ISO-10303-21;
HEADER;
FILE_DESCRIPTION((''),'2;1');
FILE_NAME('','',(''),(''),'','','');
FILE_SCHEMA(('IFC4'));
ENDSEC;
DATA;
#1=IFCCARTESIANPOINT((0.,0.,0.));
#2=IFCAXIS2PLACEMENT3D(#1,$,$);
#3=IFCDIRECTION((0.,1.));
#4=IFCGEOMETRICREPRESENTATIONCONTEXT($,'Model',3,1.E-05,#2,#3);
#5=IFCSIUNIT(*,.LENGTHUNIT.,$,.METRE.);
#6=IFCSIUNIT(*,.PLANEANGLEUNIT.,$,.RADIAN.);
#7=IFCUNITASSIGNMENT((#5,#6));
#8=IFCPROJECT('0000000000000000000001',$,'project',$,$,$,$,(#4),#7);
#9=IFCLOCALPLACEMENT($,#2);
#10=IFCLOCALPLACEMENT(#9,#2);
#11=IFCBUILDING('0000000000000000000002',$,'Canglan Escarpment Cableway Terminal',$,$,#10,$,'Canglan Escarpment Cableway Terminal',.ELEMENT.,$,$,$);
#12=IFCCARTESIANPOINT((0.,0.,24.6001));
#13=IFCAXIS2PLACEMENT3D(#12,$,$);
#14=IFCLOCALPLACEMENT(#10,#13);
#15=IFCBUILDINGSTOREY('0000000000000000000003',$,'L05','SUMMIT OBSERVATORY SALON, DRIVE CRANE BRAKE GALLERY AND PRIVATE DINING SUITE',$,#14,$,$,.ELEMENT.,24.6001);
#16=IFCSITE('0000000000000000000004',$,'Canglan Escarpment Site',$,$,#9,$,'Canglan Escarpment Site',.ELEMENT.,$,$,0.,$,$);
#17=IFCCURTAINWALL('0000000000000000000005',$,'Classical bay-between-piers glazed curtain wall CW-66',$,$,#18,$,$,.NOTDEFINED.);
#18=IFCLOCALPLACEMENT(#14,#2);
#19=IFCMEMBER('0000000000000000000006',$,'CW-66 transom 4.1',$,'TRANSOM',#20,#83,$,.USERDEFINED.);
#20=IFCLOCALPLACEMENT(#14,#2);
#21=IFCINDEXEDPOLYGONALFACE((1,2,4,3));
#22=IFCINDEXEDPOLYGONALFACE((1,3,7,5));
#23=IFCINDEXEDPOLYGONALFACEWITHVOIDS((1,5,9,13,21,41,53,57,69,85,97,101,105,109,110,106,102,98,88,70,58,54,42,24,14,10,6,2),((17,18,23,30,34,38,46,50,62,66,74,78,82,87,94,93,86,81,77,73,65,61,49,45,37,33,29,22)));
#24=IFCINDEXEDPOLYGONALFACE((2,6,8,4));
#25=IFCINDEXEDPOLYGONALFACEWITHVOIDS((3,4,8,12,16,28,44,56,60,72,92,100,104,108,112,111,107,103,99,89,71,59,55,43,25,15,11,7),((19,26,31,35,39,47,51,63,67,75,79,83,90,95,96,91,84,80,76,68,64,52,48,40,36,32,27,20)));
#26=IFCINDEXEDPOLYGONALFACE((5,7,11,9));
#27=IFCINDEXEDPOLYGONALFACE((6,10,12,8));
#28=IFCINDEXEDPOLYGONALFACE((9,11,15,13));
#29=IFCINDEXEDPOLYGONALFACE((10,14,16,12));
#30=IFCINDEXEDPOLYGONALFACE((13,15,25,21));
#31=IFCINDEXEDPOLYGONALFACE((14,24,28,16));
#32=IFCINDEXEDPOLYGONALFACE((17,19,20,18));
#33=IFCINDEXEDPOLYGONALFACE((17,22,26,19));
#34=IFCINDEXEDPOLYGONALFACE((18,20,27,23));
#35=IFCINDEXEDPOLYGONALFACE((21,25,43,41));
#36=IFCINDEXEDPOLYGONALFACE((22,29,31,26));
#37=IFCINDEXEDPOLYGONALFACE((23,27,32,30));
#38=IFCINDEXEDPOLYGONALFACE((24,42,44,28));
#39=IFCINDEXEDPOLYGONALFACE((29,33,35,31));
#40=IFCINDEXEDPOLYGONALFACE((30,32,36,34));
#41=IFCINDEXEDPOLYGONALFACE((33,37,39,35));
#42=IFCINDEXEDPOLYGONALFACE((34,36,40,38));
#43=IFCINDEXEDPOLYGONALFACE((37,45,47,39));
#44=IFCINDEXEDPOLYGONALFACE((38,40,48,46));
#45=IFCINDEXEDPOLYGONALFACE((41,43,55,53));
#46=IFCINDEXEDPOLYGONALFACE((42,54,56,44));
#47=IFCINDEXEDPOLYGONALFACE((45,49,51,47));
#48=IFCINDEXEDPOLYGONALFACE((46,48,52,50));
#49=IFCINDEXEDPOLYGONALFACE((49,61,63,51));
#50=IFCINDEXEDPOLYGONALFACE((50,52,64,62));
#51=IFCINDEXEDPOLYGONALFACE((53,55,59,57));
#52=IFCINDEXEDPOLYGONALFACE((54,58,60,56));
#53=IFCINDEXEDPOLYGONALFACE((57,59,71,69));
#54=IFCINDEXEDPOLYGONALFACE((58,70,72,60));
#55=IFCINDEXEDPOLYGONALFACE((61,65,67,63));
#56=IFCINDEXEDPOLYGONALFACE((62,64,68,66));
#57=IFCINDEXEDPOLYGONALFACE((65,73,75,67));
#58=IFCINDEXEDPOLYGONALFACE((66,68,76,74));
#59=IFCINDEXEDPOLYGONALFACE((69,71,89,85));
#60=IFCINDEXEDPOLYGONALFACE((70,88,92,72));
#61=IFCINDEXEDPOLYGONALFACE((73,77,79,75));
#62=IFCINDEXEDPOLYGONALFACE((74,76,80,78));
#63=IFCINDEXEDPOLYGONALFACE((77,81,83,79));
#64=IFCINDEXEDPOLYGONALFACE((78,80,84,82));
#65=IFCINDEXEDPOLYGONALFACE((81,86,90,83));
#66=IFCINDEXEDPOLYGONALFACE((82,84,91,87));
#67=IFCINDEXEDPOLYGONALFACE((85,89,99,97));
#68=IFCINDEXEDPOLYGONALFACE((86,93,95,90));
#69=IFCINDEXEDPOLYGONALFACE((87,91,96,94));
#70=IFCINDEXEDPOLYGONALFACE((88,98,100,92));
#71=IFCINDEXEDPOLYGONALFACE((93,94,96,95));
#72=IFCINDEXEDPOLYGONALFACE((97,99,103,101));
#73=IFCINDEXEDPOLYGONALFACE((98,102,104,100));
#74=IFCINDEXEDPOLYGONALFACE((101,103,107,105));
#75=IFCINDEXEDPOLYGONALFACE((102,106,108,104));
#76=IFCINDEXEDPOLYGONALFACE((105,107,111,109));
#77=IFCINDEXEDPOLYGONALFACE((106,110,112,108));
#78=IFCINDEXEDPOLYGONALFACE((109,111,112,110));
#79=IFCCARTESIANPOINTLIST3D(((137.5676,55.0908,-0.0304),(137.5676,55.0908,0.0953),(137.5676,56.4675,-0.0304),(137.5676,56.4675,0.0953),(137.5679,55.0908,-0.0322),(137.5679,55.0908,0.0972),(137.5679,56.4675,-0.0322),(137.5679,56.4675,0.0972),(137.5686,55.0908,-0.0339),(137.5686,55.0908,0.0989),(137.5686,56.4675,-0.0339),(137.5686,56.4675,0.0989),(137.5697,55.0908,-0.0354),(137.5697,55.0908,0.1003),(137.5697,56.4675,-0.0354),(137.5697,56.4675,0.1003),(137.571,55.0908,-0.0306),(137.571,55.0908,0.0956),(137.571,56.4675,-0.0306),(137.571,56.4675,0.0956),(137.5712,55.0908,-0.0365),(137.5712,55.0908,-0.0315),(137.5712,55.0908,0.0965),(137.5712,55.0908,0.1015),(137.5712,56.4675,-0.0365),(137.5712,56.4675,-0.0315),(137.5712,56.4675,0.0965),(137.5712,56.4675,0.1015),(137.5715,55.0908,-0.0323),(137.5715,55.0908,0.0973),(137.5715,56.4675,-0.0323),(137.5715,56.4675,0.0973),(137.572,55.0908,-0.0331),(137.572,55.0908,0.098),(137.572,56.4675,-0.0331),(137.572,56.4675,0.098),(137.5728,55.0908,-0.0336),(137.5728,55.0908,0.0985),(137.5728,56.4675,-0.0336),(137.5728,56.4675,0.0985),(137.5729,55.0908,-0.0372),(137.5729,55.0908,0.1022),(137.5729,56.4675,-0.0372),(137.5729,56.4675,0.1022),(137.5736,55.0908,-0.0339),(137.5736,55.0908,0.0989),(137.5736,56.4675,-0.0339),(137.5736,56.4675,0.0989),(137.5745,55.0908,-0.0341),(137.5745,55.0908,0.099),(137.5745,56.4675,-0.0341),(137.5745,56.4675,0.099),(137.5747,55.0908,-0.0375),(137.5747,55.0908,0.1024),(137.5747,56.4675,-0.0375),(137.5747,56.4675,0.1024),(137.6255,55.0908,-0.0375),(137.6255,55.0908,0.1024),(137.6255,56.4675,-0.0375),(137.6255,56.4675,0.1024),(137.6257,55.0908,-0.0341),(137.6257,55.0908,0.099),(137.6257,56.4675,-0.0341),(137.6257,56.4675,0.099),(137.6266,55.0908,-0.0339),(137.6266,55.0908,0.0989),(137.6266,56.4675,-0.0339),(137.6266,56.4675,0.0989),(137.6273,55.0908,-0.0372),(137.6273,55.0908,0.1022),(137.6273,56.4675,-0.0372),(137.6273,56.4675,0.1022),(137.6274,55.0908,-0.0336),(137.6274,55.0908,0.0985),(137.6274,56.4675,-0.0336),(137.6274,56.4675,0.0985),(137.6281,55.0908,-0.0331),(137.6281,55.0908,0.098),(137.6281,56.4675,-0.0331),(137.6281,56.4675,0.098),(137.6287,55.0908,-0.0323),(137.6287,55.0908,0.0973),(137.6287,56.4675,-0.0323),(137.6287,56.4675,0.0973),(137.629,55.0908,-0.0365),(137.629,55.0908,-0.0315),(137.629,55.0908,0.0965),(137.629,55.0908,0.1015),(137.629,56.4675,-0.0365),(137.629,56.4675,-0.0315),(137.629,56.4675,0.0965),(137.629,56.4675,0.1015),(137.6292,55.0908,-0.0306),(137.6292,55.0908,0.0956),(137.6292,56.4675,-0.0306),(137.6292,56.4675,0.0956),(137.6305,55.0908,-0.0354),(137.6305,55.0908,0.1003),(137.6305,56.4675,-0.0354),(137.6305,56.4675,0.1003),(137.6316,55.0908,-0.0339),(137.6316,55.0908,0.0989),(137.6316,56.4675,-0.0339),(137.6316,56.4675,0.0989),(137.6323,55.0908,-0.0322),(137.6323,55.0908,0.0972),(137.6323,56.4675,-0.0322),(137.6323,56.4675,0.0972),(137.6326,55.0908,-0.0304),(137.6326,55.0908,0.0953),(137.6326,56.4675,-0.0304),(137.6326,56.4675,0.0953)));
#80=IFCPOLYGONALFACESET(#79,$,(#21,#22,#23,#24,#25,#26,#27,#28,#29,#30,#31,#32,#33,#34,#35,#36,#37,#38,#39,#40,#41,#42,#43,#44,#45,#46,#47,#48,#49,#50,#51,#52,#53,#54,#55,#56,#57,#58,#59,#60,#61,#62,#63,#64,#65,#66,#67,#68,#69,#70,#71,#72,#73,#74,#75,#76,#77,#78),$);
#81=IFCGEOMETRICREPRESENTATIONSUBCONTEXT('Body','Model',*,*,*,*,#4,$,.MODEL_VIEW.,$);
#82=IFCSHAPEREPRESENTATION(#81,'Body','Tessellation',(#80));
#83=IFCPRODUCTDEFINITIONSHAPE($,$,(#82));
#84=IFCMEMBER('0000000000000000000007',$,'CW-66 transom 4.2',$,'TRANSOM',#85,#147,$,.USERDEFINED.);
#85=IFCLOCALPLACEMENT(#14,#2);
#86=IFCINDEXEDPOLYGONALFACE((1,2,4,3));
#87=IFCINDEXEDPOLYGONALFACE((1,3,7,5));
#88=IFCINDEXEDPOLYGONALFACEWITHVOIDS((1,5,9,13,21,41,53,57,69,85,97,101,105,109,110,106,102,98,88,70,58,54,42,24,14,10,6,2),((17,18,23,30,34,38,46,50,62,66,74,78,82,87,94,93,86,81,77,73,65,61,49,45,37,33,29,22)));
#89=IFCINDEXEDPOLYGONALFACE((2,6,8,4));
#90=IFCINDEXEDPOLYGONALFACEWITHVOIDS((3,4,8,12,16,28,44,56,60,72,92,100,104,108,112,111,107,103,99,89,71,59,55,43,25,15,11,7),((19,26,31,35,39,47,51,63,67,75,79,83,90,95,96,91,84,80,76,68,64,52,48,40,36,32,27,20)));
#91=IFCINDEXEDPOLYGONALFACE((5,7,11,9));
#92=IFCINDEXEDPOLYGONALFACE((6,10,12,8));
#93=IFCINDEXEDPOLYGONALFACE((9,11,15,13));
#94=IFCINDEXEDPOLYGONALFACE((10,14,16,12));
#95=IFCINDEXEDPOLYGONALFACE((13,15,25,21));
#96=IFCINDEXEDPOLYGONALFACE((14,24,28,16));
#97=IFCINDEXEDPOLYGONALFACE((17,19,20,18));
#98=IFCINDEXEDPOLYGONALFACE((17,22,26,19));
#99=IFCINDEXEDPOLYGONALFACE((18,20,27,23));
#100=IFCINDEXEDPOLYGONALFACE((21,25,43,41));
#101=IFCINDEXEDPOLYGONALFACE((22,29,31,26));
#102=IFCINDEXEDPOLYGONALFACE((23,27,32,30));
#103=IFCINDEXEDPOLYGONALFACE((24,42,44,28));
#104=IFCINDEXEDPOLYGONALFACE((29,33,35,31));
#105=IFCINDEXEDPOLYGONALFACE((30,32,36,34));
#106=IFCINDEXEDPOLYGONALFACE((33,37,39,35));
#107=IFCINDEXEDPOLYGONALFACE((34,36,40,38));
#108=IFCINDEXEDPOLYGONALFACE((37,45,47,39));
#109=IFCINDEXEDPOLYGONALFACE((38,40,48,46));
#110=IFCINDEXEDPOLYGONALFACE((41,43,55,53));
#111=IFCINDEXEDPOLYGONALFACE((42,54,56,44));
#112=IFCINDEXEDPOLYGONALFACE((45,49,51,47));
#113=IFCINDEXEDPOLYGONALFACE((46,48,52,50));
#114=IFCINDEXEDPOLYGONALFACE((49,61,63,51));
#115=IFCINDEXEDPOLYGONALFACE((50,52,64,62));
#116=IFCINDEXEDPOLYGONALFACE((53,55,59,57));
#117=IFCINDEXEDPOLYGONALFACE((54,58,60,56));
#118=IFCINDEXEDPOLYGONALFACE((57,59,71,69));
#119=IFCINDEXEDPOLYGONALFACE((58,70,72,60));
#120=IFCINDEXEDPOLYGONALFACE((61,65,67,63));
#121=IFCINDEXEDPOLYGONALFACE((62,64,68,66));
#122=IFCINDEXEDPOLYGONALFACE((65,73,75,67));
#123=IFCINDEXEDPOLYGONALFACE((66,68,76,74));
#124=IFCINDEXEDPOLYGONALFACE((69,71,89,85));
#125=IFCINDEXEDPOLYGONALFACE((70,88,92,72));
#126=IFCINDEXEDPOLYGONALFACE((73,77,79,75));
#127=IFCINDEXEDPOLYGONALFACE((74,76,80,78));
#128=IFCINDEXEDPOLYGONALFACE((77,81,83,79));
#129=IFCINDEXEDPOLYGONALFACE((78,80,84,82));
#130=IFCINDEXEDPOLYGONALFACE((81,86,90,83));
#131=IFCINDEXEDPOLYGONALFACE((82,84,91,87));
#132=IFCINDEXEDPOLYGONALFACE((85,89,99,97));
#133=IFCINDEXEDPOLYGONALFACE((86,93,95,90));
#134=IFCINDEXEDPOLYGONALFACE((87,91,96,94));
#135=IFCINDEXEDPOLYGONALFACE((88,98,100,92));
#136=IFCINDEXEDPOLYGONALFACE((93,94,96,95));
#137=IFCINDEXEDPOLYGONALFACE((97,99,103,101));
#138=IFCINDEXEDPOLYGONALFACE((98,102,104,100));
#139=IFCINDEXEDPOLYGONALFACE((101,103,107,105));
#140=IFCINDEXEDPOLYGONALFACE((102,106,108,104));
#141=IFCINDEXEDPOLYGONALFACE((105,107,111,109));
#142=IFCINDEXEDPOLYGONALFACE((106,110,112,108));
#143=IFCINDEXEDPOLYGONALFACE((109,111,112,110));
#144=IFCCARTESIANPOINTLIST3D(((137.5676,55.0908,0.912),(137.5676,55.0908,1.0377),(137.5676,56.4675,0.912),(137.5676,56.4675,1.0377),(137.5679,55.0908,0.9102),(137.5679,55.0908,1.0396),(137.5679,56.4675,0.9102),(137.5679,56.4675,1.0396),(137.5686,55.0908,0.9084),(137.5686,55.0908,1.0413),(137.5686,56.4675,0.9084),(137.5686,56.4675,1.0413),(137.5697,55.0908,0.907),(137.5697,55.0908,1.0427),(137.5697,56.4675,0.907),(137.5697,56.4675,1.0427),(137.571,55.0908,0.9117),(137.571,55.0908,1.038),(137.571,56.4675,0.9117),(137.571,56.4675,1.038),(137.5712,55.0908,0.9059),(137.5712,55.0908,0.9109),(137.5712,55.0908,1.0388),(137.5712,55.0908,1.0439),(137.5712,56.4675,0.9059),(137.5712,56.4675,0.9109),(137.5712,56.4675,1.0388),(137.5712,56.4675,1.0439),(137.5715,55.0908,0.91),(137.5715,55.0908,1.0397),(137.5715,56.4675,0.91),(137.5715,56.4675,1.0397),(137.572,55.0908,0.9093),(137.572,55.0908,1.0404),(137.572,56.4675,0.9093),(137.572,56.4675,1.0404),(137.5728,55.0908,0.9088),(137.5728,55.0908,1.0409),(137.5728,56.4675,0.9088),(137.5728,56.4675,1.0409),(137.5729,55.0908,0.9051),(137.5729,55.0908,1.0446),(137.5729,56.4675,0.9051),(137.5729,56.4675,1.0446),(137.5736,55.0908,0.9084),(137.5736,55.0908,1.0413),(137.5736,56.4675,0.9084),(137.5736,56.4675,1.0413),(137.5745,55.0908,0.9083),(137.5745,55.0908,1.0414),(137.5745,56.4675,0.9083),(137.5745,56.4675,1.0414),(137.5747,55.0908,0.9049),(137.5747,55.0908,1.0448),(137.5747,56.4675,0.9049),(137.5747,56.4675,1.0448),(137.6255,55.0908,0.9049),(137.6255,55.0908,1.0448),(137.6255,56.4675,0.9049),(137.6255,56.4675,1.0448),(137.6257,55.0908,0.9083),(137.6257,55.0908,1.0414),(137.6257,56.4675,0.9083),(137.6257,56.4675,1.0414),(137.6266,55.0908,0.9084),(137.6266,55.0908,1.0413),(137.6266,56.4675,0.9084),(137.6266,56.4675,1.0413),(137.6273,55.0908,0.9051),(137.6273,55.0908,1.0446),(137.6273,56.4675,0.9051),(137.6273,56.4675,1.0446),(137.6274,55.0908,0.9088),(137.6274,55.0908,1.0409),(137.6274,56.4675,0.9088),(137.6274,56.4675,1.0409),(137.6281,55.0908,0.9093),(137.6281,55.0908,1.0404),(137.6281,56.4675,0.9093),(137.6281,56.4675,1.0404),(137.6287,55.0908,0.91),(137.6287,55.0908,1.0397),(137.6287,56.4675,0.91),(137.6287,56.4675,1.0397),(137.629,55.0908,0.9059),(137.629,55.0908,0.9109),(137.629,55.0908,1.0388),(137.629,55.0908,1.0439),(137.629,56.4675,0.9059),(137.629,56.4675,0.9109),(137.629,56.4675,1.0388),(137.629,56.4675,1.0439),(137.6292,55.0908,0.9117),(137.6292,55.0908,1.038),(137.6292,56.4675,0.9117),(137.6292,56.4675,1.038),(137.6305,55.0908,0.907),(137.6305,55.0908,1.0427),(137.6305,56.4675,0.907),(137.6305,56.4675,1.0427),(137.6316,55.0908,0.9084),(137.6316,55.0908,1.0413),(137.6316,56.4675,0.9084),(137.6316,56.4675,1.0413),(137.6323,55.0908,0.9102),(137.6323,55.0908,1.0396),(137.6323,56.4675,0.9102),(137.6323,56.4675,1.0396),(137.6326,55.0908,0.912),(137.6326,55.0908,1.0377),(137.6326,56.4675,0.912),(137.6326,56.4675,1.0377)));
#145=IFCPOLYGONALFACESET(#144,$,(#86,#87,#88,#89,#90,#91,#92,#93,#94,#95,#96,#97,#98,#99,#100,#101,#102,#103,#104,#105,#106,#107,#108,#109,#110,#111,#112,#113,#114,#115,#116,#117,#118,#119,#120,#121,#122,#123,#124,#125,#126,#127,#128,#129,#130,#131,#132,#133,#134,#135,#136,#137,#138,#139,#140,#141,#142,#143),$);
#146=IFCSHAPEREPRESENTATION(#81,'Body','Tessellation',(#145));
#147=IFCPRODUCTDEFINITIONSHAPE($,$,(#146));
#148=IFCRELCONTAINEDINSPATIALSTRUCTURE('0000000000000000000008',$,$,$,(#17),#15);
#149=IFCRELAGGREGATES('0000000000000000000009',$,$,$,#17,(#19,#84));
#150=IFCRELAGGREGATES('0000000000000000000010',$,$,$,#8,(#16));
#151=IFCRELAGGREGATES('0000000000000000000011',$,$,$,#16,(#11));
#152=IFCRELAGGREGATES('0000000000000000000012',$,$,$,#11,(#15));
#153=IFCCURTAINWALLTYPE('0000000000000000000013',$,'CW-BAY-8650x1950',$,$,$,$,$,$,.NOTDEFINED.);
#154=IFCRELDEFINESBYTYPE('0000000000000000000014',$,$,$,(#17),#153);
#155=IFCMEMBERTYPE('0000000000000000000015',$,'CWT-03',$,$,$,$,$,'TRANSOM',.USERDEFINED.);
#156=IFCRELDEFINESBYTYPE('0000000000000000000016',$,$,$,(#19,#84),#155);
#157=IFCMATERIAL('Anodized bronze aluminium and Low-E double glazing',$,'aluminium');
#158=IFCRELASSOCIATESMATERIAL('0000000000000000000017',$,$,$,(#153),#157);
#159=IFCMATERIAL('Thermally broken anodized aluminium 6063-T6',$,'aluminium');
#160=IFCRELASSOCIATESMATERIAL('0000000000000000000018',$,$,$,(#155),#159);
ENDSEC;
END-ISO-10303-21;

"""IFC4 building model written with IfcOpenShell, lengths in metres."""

from ifc_helpers import new_model, si_unit, direction, frame, origin, origin_2d, place, context, subcontext, project, spatial, hollow_rectangle, extrude, material, material_profile, profile_set, type_object, element, aggregate, save


model = new_model("IFC4")

# Units and contexts
model_context = context("Model", 3, precision=1e-05, world=origin(), true_north=direction((0.0, 1.0)))
body_context = subcontext(model_context, "Body", "Model", "MODEL_VIEW")
ifc_project = project(units=[si_unit("LENGTHUNIT", "METRE"), si_unit("PLANEANGLEUNIT", "RADIAN")], contexts=[model_context])

# Site, building, storey
site_placement = place(None, origin())
site = spatial("IfcSite", under=ifc_project, at=site_placement, Name="Canglan Escarpment Site", LongName="Canglan Escarpment Site", CompositionType="ELEMENT", RefElevation=0.0)
building_placement = place(site_placement, origin())
building = spatial("IfcBuilding", under=site, at=building_placement, Name="Canglan Escarpment Cableway Terminal", LongName="Canglan Escarpment Cableway Terminal", CompositionType="ELEMENT")
storey_placement = place(building_placement, frame((0.0, 0.0, 24.6001)))
storey = spatial("IfcBuildingStorey", under=building, at=storey_placement, Name="L05", Description="SUMMIT OBSERVATORY SALON, DRIVE CRANE BRAKE GALLERY AND PRIVATE DINING SUITE", CompositionType="ELEMENT", Elevation=24.6001)

# Curtain wall, members
ifc_material_1 = material(Name="Anodized bronze aluminium and Low-E double glazing", Category="aluminium")
curtain_wall_type = type_object("IfcCurtainWallType", Name="CW-BAY-8650x1950", PredefinedType="NOTDEFINED", material=ifc_material_1)
curtain_wall_placement = place(storey_placement, origin())
curtain_wall = element("IfcCurtainWall", 1, at=curtain_wall_placement, inside=storey, type_object=curtain_wall_type, Name="Classical bay-between-piers glazed curtain wall CW-66", PredefinedType="NOTDEFINED")
ifc_material_2 = material(Name="Thermally broken anodized aluminium 6063-T6", Category="aluminium")
ifc_material_profile_1 = material_profile(ifc_material_2, hollow_rectangle(XDim=0.0649, YDim=0.1399, WallThickness=0.0034, InnerFilletRadius=0.0034, OuterFilletRadius=0.0071, at=origin_2d()), Name="ALU-TRAN 65x140x3.5")
ifc_profile_set_1 = profile_set([ifc_material_profile_1], Name="Thermally broken anodized aluminium 6063-T6")
member_type_1 = type_object("IfcMemberType", Name="CWT-03", ElementType="TRANSOM", PredefinedType="USERDEFINED", material=ifc_profile_set_1)
member_1_placement = place(storey_placement, frame((137.6001, 56.4675, 0.0325), z_axis=(0.0, -1.0, 0.0), x_axis=(1.0, 0.0, 0.0)))
member_1 = element("IfcMember", 2, at=member_1_placement, type_object=member_type_1, Name="CW-66 transom 4.1", ObjectType="TRANSOM", PredefinedType="USERDEFINED", context=body_context, shape_type="SweptSolid", body=[
    extrude(hollow_rectangle(XDim=0.0649, YDim=0.1399, WallThickness=0.0034, InnerFilletRadius=0.0034, OuterFilletRadius=0.0071, at=origin_2d()), origin(), (0.0, 0.0, 1.0), 1.3767),
])
member_2_placement = place(storey_placement, frame((137.6001, 56.4675, 0.9749), z_axis=(0.0, -1.0, 0.0), x_axis=(1.0, 0.0, 0.0)))
member_2 = element("IfcMember", 3, at=member_2_placement, type_object=member_type_1, Name="CW-66 transom 4.2", ObjectType="TRANSOM", PredefinedType="USERDEFINED", context=body_context, shape_type="SweptSolid", body=[
    extrude(hollow_rectangle(XDim=0.0649, YDim=0.1399, WallThickness=0.0034, InnerFilletRadius=0.0034, OuterFilletRadius=0.0071, at=origin_2d()), origin(), (0.0, 0.0, 1.0), 1.3767),
])

aggregate(curtain_wall, [member_1, member_2])

save(model, "model.ifc")
